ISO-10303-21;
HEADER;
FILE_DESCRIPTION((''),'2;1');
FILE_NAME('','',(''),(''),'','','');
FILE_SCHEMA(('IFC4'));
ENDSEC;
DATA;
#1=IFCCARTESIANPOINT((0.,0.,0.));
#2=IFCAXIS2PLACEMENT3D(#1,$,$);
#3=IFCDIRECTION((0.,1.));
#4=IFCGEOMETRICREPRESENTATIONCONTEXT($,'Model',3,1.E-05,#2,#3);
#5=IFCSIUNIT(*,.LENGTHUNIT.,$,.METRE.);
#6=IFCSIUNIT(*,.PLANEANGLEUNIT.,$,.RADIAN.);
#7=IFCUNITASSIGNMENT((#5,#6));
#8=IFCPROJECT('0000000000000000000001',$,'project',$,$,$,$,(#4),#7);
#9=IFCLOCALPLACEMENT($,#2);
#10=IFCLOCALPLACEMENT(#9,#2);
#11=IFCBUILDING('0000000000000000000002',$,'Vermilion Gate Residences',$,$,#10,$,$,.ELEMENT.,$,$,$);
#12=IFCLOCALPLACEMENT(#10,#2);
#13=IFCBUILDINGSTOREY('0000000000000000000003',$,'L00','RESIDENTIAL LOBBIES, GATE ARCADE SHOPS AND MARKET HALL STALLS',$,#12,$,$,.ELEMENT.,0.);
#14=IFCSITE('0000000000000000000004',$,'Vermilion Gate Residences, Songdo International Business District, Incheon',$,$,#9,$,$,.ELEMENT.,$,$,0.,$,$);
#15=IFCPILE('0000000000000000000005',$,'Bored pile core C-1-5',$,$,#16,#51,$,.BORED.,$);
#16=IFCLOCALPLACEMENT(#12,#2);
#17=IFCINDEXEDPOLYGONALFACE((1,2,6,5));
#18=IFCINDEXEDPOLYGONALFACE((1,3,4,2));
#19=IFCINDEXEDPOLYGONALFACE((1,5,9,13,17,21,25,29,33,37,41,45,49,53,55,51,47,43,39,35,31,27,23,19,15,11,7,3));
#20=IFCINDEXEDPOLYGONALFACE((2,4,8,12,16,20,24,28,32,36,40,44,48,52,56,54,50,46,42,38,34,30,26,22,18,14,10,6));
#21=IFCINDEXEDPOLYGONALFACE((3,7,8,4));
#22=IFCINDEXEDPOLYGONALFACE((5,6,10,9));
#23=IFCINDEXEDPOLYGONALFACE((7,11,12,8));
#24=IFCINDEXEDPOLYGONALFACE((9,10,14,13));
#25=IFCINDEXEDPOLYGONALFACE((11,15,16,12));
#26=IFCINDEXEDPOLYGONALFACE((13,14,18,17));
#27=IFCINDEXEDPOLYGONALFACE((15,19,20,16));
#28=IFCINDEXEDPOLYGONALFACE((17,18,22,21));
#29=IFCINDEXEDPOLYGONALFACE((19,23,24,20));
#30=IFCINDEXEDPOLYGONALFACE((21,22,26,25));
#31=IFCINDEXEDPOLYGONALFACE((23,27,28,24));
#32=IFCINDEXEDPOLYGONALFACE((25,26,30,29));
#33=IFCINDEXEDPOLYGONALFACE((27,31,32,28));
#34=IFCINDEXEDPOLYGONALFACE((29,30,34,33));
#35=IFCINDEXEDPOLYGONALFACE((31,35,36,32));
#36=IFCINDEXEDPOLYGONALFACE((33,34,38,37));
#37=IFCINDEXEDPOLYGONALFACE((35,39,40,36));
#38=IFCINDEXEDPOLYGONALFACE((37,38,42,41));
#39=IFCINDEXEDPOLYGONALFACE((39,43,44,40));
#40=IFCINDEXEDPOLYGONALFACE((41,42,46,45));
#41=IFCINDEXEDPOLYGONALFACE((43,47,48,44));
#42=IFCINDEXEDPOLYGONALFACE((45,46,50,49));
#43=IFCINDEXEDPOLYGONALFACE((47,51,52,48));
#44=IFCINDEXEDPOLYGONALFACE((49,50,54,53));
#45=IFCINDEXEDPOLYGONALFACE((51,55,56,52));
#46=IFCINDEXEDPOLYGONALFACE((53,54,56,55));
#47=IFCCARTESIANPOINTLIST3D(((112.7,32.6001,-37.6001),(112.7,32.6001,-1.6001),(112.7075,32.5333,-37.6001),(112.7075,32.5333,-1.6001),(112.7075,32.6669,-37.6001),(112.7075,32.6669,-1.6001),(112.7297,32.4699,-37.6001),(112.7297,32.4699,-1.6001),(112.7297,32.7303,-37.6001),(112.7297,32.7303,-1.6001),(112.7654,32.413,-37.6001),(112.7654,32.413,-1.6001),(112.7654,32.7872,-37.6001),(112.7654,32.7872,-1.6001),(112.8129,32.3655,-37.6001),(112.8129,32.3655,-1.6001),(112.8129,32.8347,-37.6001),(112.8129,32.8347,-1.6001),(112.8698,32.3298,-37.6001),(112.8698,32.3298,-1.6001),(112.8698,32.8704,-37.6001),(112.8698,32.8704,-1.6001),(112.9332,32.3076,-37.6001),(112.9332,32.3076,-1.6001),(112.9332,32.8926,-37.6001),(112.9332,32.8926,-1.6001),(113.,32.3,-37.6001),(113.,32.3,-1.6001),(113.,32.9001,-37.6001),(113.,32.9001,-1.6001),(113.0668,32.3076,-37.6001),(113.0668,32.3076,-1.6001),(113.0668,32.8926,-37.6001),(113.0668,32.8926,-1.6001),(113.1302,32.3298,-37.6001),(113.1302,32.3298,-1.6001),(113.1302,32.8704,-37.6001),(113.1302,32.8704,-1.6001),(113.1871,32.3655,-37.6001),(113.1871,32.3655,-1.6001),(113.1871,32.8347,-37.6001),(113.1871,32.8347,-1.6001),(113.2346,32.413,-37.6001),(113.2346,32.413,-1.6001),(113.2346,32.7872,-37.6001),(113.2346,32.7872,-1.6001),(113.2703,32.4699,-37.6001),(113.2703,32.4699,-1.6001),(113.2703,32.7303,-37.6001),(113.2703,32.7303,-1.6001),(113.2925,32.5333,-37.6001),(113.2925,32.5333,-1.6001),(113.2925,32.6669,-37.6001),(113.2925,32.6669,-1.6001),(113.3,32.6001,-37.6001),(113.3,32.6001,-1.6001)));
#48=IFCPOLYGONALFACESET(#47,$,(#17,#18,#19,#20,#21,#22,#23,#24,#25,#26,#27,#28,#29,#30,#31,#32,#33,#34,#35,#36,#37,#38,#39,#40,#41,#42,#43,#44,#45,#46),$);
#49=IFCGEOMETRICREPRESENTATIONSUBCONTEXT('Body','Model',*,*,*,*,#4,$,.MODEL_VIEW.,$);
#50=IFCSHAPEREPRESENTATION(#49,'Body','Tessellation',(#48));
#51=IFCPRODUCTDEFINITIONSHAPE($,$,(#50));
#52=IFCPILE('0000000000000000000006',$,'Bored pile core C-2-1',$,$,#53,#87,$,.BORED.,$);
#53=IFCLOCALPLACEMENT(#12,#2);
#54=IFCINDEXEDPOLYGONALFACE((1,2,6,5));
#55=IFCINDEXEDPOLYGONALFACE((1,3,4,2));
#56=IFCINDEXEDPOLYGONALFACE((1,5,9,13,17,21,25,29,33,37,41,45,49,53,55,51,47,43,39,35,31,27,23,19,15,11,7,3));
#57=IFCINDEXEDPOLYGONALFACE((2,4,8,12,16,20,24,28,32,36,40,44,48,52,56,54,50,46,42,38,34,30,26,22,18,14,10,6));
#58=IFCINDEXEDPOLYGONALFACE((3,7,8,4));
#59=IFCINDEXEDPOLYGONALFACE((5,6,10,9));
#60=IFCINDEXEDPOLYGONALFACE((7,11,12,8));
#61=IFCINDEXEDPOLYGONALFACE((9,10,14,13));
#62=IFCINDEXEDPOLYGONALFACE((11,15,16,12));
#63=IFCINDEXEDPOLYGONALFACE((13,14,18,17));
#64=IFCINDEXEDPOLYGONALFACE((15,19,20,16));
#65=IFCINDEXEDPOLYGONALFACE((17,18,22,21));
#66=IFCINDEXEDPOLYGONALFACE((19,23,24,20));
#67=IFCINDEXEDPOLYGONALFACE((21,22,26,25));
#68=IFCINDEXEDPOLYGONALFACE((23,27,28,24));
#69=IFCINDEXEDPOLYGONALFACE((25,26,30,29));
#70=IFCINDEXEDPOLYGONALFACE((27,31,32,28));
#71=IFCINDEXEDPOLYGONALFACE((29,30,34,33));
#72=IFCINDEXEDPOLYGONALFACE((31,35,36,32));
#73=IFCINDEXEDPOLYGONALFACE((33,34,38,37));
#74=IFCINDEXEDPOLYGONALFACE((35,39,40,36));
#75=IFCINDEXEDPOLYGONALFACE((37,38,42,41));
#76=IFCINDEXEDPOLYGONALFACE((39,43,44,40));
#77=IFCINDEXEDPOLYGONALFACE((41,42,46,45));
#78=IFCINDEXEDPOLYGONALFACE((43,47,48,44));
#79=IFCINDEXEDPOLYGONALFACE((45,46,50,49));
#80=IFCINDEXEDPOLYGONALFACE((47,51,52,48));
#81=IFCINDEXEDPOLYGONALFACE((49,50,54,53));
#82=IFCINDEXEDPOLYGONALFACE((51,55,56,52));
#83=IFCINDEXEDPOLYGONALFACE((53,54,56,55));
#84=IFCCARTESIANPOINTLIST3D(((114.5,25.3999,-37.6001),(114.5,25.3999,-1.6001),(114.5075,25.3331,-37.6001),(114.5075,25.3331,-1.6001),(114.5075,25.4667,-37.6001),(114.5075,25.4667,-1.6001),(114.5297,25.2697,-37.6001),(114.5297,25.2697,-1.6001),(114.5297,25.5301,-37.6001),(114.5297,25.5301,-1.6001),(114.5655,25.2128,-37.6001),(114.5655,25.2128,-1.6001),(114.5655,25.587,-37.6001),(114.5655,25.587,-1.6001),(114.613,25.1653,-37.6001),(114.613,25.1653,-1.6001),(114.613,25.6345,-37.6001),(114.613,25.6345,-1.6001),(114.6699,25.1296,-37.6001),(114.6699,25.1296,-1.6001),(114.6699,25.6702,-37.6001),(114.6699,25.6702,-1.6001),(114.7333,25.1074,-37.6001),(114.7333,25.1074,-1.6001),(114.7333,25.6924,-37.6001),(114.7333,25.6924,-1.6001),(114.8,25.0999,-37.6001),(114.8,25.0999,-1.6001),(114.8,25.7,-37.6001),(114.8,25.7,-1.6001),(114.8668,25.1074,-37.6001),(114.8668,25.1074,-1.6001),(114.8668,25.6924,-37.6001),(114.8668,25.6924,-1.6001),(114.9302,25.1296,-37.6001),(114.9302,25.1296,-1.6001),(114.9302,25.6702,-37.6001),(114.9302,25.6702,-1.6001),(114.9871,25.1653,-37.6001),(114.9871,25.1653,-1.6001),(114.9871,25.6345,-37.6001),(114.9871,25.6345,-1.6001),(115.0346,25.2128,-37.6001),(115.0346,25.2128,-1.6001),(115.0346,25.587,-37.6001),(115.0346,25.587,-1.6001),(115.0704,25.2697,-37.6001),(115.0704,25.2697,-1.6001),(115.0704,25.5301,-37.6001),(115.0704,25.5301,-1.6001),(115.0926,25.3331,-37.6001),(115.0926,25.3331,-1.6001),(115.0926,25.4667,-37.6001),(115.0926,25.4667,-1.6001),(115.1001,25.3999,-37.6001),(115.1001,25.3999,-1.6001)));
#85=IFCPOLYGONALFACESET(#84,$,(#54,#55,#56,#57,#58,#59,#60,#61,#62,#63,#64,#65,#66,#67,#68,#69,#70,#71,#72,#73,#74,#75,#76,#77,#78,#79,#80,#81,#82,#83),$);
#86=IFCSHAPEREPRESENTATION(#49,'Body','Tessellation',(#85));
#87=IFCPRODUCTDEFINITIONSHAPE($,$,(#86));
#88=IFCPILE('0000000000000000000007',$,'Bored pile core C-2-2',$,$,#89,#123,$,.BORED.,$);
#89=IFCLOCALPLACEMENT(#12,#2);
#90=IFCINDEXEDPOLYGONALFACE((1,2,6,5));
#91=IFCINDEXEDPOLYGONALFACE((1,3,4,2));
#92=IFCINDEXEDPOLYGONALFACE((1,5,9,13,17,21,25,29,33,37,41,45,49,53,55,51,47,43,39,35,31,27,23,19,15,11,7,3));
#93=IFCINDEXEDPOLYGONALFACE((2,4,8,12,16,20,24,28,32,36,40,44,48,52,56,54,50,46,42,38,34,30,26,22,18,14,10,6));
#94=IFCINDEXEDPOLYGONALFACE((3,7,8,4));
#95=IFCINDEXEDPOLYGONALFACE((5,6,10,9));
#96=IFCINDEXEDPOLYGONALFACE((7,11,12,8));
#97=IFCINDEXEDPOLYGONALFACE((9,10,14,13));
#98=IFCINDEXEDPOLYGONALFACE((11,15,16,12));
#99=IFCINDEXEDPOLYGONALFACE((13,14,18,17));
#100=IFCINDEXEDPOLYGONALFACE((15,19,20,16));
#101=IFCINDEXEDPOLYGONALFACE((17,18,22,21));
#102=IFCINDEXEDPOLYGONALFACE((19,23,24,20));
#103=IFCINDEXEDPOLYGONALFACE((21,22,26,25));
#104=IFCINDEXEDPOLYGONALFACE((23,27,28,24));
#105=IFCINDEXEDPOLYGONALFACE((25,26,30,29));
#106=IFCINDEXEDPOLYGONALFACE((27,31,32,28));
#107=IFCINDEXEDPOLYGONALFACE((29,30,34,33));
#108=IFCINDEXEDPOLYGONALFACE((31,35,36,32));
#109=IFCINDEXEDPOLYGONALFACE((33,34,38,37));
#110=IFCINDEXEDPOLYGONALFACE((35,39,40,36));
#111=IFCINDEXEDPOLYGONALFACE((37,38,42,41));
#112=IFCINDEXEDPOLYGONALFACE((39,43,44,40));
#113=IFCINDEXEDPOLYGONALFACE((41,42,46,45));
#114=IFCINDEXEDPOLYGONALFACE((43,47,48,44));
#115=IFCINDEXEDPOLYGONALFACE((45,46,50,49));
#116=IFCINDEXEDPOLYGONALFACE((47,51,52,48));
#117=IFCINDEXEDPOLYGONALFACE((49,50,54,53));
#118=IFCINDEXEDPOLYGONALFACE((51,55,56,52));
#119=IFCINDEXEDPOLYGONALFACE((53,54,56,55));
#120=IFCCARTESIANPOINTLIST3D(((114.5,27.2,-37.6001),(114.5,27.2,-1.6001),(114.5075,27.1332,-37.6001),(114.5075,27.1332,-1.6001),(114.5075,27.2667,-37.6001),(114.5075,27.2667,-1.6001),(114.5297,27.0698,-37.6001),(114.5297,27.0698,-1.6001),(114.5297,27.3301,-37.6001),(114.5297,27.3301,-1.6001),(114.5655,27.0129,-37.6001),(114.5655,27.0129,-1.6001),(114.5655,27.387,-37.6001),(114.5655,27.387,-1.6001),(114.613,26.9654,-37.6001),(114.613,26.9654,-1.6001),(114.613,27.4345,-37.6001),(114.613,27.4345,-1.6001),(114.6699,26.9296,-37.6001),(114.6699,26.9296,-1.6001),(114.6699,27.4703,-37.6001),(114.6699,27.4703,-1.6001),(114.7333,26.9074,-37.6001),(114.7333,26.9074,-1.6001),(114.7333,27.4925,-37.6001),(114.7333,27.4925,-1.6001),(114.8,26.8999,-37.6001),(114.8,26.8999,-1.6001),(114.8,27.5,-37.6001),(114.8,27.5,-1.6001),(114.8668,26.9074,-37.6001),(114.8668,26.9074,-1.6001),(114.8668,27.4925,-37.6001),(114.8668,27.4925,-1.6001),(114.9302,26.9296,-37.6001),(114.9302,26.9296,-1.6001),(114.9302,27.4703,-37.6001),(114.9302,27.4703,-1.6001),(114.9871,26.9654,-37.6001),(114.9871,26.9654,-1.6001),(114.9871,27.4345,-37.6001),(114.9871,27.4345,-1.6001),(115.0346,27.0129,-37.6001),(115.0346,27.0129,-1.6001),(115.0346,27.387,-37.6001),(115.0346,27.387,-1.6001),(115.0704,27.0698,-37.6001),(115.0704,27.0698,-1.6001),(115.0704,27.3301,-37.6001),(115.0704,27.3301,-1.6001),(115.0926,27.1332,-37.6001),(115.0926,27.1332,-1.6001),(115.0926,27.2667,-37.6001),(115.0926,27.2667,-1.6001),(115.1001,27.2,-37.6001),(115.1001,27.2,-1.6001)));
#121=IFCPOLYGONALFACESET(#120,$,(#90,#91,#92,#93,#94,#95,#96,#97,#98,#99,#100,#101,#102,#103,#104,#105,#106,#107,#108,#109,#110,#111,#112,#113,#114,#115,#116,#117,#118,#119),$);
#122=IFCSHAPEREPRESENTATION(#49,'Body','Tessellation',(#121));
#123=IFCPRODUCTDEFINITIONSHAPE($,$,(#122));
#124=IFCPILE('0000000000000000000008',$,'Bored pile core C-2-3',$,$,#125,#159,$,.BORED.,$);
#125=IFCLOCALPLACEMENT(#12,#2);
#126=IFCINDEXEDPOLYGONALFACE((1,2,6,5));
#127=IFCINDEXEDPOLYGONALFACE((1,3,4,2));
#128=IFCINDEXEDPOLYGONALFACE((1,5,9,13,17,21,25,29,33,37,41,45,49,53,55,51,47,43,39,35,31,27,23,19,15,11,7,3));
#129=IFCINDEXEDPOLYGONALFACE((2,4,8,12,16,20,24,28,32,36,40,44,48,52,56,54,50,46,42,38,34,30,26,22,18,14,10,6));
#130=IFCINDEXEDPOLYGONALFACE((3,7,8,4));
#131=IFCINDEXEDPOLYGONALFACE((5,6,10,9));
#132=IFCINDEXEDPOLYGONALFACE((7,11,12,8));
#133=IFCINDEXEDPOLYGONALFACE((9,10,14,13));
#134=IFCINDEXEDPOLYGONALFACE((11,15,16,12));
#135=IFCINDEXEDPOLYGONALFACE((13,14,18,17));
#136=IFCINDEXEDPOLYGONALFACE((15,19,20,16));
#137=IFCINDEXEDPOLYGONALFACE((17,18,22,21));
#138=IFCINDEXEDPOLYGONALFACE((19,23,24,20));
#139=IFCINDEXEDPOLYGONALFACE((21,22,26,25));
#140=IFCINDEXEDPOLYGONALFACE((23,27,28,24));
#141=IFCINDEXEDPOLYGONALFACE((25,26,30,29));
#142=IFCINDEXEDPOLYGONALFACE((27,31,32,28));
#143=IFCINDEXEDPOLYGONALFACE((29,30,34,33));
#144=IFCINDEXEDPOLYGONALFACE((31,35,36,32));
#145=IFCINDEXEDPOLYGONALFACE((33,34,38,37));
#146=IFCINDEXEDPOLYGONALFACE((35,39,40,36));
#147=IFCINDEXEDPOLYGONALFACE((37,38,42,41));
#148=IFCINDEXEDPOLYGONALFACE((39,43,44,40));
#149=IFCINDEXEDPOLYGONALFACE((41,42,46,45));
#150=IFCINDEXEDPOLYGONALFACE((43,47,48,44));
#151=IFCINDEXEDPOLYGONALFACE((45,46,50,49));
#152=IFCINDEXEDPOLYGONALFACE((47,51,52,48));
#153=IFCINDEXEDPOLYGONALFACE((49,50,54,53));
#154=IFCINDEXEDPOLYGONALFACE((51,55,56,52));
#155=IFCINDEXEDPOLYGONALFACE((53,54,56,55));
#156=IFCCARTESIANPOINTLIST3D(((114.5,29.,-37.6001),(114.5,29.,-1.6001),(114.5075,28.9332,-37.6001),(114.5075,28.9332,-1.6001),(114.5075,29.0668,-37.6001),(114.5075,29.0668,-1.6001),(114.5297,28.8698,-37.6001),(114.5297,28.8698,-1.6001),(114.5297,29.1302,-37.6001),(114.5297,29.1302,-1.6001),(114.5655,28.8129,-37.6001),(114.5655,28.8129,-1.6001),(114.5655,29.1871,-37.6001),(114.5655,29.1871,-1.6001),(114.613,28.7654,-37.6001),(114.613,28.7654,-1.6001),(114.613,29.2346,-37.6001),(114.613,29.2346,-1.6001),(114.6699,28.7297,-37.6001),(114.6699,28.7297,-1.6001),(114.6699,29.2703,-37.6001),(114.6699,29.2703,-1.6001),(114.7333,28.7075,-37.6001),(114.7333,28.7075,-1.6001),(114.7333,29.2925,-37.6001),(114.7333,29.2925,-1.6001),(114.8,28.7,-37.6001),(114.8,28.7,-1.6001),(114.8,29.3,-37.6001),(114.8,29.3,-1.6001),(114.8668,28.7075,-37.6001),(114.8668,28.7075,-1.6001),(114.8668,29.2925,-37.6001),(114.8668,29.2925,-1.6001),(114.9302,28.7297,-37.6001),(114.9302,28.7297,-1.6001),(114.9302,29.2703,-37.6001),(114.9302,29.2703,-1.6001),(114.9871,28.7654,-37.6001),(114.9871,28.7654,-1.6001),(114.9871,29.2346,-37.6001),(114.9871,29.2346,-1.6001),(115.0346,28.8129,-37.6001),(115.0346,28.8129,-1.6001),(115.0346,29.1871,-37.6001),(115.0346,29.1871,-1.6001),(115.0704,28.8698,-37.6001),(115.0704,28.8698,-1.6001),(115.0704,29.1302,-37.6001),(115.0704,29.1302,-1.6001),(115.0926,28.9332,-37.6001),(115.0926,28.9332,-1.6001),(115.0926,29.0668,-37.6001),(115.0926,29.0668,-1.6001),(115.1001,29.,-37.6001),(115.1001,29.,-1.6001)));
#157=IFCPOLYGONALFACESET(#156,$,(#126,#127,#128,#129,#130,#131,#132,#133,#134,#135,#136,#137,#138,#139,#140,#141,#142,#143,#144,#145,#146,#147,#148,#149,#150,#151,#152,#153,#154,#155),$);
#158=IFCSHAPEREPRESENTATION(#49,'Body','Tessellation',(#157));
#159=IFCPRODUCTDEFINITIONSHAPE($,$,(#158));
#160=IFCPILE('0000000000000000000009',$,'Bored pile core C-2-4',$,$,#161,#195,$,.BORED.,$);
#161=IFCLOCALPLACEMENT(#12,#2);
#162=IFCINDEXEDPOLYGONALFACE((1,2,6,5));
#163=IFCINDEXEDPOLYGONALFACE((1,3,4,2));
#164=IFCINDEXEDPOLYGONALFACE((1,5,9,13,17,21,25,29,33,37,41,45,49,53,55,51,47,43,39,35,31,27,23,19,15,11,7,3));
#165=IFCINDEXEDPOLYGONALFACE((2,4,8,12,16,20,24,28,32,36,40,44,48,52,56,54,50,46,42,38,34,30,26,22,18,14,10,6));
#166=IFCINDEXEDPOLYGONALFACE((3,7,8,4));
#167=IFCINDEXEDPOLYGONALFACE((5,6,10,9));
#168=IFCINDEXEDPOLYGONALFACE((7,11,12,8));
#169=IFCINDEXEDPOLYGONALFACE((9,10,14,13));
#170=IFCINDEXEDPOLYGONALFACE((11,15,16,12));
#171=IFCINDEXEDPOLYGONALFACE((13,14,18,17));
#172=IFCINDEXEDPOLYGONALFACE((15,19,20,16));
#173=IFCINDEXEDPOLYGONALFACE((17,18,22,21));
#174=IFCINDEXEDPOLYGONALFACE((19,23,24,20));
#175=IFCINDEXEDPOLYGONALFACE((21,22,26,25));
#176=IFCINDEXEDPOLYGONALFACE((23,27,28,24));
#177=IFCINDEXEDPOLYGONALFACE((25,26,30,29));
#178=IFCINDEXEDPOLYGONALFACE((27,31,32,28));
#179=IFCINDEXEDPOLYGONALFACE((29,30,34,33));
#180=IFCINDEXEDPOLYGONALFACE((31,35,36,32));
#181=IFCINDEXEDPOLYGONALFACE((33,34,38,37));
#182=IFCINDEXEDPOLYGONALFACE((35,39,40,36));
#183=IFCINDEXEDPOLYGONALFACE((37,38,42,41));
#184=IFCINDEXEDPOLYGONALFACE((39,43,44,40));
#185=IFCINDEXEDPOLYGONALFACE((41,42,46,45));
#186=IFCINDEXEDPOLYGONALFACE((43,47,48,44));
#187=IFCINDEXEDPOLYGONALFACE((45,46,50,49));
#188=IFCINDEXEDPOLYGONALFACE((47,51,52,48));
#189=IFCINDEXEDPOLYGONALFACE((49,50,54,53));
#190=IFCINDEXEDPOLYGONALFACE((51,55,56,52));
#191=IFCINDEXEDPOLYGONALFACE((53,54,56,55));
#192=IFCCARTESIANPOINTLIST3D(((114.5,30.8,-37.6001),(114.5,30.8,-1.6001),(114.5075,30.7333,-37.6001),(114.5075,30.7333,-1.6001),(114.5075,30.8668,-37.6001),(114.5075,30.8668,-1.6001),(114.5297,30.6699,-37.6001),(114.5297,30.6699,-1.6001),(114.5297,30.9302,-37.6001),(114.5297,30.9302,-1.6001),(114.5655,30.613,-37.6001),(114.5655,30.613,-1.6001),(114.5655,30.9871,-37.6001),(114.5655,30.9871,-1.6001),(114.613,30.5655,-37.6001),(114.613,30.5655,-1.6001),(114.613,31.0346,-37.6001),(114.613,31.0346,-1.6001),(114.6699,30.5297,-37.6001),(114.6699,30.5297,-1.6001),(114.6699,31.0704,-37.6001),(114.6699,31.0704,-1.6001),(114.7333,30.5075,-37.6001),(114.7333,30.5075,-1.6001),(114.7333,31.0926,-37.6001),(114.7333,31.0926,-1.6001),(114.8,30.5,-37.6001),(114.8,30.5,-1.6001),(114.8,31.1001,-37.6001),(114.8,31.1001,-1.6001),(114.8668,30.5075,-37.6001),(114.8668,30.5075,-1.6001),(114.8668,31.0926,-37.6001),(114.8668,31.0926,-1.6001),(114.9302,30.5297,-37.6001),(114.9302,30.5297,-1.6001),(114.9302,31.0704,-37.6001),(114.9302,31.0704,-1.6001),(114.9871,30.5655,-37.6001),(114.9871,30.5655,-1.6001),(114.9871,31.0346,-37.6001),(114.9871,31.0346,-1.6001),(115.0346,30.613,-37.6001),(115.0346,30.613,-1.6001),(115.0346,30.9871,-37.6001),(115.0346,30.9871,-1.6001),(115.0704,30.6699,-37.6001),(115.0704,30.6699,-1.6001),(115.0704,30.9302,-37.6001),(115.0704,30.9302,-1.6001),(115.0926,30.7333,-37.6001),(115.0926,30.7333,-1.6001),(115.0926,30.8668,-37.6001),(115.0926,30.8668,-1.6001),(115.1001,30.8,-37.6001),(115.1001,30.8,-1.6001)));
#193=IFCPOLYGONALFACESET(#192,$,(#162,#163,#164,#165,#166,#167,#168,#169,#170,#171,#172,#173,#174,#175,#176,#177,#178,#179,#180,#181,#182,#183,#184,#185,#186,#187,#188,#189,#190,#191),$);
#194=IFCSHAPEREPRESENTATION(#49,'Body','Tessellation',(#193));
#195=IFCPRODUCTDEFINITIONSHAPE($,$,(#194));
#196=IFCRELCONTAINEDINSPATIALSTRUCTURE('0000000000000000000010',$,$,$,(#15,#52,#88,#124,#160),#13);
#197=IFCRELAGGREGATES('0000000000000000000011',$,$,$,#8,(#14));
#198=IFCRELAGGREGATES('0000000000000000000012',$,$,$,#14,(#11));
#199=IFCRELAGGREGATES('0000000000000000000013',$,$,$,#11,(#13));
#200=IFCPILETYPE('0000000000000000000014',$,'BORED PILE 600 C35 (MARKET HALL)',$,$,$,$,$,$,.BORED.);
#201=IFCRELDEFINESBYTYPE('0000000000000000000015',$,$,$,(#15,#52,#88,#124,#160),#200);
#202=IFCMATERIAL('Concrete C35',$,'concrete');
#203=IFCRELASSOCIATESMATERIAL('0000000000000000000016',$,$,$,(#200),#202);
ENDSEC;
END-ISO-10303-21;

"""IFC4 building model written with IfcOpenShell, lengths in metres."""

from ifc_helpers import new_model, si_unit, direction, frame, origin, origin_2d, place, context, subcontext, project, spatial, circle, extrude, material, material_profile, profile_set, type_object, element, save


model = new_model("IFC4")

# Units and contexts
model_context = context("Model", 3, precision=1e-05, world=origin(), true_north=direction((0.0, 1.0)))
body_context = subcontext(model_context, "Body", "Model", "MODEL_VIEW")
ifc_project = project(units=[si_unit("LENGTHUNIT", "METRE"), si_unit("PLANEANGLEUNIT", "RADIAN")], contexts=[model_context])

# Site, building, storey
site_placement = place(None, origin())
site = spatial("IfcSite", under=ifc_project, at=site_placement, Name="Vermilion Gate Residences, Songdo International Business District, Incheon", CompositionType="ELEMENT", RefElevation=0.0)
building_placement = place(site_placement, origin())
building = spatial("IfcBuilding", under=site, at=building_placement, Name="Vermilion Gate Residences", CompositionType="ELEMENT")
storey_placement = place(building_placement, origin())
storey = spatial("IfcBuildingStorey", under=building, at=storey_placement, Name="L00", Description="RESIDENTIAL LOBBIES, GATE ARCADE SHOPS AND MARKET HALL STALLS", CompositionType="ELEMENT", Elevation=0.0)

# Piles
ifc_material_1 = material(Name="Concrete C35", Category="concrete")
ifc_material_profile_1 = material_profile(ifc_material_1, circle(Radius=0.3, at=origin_2d()), Name="BORED PILE 600 C35 (MARKET HALL)")
ifc_profile_set_1 = profile_set([ifc_material_profile_1], Name="Concrete C35")
pile_type = type_object("IfcPileType", Name="BORED PILE 600 C35 (MARKET HALL)", PredefinedType="BORED", material=ifc_profile_set_1)
for number, where, z_axis, x_axis, name in (
    (1, (113.0, 32.6001, -1.6001), (0.0, 0.0, -1.0), (1.0, 0.0, 0.0), "Bored pile core C-1-5"),
    (2, (114.8, 25.3999, -1.6001), (0.0, 0.0, -1.0), (1.0, 0.0, 0.0), "Bored pile core C-2-1"),
    (3, (114.8, 27.2, -1.6001), (0.0, 0.0, -1.0), (1.0, 0.0, 0.0), "Bored pile core C-2-2"),
    (4, (114.8, 29.0, -1.6001), (0.0, 0.0, -1.0), (1.0, 0.0, 0.0), "Bored pile core C-2-3"),
    (5, (114.8, 30.8, -1.6001), (0.0, 0.0, -1.0), (1.0, 0.0, 0.0), "Bored pile core C-2-4"),
):
    element("IfcPile", number, at=place(storey_placement, frame(where, z_axis=z_axis, x_axis=x_axis)), inside=storey, type_object=pile_type, Name=name, PredefinedType="BORED", context=body_context, shape_type="SweptSolid", body=[
        extrude(circle(Radius=0.3, at=origin_2d()), origin(), (0.0, 0.0, 1.0), 36.0),
    ])

save(model, "model.ifc")
